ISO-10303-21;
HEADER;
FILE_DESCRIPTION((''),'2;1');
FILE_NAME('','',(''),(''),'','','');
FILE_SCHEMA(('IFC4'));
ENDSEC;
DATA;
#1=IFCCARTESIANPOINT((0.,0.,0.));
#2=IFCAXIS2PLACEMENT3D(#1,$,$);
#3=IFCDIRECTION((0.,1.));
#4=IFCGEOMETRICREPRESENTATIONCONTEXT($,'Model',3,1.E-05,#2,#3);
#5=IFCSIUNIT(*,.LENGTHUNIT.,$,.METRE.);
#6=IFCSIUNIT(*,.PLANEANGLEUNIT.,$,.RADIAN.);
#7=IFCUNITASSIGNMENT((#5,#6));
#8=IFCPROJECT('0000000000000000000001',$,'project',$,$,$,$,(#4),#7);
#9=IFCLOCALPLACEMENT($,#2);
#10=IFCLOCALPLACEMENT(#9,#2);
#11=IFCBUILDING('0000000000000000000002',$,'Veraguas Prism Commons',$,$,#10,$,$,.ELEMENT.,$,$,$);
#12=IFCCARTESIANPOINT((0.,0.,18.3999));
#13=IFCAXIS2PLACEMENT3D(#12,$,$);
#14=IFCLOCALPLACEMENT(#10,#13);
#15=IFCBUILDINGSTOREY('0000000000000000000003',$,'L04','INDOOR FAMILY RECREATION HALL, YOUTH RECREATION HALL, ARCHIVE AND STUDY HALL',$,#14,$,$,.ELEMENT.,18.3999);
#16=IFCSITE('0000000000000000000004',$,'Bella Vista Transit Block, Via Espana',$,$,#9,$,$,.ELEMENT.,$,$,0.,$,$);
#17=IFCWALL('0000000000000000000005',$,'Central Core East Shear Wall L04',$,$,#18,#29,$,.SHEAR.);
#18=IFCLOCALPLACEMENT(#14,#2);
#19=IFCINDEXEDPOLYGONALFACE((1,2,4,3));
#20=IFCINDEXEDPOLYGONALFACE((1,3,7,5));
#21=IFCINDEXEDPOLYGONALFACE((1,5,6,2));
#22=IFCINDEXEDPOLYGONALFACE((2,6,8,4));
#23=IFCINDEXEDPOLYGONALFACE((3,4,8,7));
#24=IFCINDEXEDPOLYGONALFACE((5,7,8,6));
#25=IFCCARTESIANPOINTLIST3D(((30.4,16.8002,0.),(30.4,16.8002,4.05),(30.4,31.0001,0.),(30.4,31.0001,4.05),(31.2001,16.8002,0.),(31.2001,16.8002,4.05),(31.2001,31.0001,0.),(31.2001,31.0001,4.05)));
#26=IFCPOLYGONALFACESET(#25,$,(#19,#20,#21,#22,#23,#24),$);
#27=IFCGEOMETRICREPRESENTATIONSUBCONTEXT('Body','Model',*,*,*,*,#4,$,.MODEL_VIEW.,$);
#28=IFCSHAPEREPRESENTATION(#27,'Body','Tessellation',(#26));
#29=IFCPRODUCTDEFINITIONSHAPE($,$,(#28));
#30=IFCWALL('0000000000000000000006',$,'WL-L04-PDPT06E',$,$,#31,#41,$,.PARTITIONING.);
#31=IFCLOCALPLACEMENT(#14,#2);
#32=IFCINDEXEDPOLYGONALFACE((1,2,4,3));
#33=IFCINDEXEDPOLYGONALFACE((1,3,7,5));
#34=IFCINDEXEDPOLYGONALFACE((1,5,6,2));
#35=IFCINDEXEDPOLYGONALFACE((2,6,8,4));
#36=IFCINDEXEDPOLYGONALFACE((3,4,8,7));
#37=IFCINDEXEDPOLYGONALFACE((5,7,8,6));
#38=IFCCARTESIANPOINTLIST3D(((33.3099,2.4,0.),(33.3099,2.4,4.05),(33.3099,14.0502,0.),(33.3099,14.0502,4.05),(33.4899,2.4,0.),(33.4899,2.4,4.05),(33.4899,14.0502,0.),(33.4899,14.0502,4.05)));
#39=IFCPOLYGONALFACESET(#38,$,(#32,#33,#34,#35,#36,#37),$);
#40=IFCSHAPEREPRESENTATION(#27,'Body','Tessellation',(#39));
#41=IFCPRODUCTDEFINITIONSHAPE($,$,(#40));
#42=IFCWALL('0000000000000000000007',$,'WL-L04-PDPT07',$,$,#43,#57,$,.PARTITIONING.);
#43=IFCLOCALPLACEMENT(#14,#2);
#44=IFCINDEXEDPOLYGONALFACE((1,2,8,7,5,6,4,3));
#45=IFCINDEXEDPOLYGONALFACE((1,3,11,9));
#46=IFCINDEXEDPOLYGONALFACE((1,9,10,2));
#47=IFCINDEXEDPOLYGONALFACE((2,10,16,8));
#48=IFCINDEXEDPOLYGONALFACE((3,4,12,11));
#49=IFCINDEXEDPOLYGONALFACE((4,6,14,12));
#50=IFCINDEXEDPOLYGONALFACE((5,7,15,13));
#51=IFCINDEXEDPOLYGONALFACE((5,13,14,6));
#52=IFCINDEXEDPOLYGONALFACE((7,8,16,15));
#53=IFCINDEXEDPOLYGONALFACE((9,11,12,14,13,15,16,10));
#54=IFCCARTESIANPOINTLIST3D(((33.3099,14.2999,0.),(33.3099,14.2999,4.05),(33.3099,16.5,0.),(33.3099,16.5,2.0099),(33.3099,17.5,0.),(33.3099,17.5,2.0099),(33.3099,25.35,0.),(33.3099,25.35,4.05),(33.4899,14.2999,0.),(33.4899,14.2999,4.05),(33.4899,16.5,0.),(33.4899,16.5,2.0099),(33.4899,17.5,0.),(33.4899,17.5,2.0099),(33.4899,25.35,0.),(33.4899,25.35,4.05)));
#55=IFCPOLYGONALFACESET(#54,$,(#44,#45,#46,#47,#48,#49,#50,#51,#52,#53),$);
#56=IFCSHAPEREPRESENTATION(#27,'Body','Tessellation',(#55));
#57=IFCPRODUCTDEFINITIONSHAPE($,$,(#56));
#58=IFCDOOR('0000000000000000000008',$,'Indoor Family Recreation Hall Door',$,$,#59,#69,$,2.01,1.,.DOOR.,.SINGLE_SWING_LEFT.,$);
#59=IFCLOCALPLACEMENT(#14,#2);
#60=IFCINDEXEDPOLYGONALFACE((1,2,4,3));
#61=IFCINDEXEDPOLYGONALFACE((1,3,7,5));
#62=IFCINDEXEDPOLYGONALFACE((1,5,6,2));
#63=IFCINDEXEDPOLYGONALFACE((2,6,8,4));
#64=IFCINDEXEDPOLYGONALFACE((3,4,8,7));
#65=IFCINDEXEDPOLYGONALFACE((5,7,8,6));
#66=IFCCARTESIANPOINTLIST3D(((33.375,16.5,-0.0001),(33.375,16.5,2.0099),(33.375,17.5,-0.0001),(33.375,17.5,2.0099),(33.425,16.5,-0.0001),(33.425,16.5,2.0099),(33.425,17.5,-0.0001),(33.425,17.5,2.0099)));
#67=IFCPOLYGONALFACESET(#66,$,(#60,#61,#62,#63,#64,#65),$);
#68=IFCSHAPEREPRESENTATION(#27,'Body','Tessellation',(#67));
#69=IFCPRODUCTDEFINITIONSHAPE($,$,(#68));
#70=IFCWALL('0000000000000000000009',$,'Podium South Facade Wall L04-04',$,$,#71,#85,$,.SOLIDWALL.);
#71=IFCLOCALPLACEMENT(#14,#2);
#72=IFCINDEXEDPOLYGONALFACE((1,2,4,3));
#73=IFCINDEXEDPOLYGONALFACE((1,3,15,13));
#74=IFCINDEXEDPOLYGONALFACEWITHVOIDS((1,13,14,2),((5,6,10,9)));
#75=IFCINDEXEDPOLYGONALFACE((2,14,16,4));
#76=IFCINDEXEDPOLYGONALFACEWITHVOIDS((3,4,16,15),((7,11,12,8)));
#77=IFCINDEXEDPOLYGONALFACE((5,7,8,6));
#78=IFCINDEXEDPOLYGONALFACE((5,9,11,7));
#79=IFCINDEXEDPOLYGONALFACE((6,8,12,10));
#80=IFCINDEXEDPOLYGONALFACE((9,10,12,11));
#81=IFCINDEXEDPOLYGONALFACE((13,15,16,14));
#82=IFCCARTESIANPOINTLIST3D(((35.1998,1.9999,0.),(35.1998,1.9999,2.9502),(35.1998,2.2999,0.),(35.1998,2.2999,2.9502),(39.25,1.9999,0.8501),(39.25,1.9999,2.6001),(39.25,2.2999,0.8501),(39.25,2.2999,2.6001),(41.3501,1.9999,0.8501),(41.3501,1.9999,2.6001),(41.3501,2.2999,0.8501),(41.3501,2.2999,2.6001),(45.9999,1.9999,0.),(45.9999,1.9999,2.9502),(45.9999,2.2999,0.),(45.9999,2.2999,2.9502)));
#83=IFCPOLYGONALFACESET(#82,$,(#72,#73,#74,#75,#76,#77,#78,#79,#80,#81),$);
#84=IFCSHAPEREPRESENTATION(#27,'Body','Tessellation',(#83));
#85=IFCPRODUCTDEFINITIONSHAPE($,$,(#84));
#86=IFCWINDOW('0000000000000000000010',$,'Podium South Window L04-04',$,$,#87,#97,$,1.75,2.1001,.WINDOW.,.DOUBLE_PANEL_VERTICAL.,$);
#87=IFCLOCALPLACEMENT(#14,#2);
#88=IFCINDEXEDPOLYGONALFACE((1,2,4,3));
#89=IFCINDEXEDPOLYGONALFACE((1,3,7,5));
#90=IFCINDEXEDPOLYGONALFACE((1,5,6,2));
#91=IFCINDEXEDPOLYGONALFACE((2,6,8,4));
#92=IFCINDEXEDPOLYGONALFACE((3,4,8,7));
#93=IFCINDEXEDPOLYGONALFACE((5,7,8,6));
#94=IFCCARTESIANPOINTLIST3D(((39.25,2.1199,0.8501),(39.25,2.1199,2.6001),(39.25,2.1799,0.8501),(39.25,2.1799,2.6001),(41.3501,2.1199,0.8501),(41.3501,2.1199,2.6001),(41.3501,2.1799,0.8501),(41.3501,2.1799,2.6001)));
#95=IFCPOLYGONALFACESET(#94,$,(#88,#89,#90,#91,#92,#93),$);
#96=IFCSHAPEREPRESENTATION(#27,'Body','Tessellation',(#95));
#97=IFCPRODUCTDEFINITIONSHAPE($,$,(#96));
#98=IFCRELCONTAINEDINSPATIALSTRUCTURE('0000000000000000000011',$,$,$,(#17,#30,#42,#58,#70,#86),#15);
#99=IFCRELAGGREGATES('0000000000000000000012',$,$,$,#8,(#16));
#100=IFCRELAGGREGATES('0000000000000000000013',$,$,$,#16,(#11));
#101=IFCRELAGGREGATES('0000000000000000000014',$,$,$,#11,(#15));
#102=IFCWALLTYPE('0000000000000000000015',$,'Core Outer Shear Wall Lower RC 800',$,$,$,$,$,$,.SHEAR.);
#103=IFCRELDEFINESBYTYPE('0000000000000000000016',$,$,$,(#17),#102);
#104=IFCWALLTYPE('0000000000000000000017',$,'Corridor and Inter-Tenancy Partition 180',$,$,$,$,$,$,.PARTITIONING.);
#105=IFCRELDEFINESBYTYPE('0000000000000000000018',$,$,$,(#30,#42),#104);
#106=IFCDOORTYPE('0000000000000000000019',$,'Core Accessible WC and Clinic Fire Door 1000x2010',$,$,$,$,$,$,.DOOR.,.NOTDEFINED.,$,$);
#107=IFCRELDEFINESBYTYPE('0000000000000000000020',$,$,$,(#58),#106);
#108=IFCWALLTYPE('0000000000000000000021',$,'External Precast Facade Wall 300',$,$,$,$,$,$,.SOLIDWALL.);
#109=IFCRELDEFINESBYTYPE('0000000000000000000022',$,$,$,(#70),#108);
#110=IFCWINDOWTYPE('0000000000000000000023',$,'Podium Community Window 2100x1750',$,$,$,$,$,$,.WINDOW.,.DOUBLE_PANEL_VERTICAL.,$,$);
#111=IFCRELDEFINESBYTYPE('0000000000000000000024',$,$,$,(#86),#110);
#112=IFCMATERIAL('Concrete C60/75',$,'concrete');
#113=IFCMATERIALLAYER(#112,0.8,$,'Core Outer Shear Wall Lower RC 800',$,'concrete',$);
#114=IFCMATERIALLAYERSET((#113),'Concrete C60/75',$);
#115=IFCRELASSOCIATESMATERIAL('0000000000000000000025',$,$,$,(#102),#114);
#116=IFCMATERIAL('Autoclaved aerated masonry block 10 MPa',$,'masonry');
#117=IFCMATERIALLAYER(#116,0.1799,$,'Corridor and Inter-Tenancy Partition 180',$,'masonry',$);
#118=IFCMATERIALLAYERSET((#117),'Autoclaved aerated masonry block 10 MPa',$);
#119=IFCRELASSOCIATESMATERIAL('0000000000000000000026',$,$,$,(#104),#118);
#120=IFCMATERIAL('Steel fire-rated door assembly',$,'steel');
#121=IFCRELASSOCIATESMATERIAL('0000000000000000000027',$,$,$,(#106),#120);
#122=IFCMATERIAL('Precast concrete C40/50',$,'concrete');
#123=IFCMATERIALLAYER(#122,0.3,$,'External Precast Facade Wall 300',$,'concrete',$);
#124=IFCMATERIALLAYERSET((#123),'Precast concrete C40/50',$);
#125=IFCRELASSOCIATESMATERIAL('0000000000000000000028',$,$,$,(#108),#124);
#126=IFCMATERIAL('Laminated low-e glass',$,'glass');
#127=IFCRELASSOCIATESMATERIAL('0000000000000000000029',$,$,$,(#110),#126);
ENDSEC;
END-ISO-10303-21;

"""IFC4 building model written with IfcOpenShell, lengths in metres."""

from ifc_helpers import new_model, si_unit, direction, frame, frame_2d, origin, place, context, subcontext, project, spatial, rectangle, extrude, source, transform, mapped, material, layer, layer_set, type_object, element, fill, save


model = new_model("IFC4")

# Units and contexts
model_context = context("Model", 3, precision=1e-05, world=origin(), true_north=direction((0.0, 1.0)))
body_context = subcontext(model_context, "Body", "Model", "MODEL_VIEW")
ifc_project = project(units=[si_unit("LENGTHUNIT", "METRE"), si_unit("PLANEANGLEUNIT", "RADIAN")], contexts=[model_context])

# Site, building, storey
site_placement = place(None, origin())
site = spatial("IfcSite", under=ifc_project, at=site_placement, Name="Bella Vista Transit Block, Via Espana", CompositionType="ELEMENT", RefElevation=0.0)
building_placement = place(site_placement, origin())
building = spatial("IfcBuilding", under=site, at=building_placement, Name="Veraguas Prism Commons", CompositionType="ELEMENT")
storey_placement = place(building_placement, frame((0.0, 0.0, 18.3999)))
storey = spatial("IfcBuildingStorey", under=building, at=storey_placement, Name="L04", Description="INDOOR FAMILY RECREATION HALL, YOUTH RECREATION HALL, ARCHIVE AND STUDY HALL", CompositionType="ELEMENT", Elevation=18.3999)

# Shared definitions
ifc_material_1 = material(Name="Concrete C60/75", Category="concrete")

# Walls
ifc_layer_1 = layer(ifc_material_1, 0.8, Name="Core Outer Shear Wall Lower RC 800", Category="concrete")
ifc_layer_set_1 = layer_set([ifc_layer_1], Name="Concrete C60/75")
wall_type_1 = type_object("IfcWallType", Name="Core Outer Shear Wall Lower RC 800", PredefinedType="SHEAR", material=ifc_layer_set_1)
wall_1_placement = place(storey_placement, frame((30.8, 16.8, 0.0), z_axis=(0.0, 0.0, 1.0), x_axis=(0.0, 1.0, 0.0)))
element("IfcWall", 1, at=wall_1_placement, inside=storey, type_object=wall_type_1, Name="Central Core East Shear Wall L04", PredefinedType="SHEAR", context=body_context, shape_type="SweptSolid", body=[
    extrude(rectangle(XDim=14.2, YDim=0.8, at=frame_2d((7.1001, 0.0))), origin(), (0.0, 0.0, 1.0), 4.05),
])
ifc_material_2 = material(Name="Autoclaved aerated masonry block 10 MPa", Category="masonry")
ifc_layer_2 = layer(ifc_material_2, 0.1799, Name="Corridor and Inter-Tenancy Partition 180", Category="masonry")
ifc_layer_set_2 = layer_set([ifc_layer_2], Name="Autoclaved aerated masonry block 10 MPa")
wall_type_2 = type_object("IfcWallType", Name="Corridor and Inter-Tenancy Partition 180", PredefinedType="PARTITIONING", material=ifc_layer_set_2)
wall_2_placement = place(storey_placement, frame((33.3999, 2.3999, 0.0), z_axis=(0.0, 0.0, 1.0), x_axis=(0.0, 1.0, 0.0)))
element("IfcWall", 2, at=wall_2_placement, inside=storey, type_object=wall_type_2, Name="WL-L04-PDPT06E", PredefinedType="PARTITIONING", context=body_context, shape_type="SweptSolid", body=[
    extrude(rectangle(XDim=11.6501, YDim=0.1799, at=frame_2d((5.8252, 0.0))), origin(), (0.0, 0.0, 1.0), 4.05),
])

# Wall, opening, door
wall_3_placement = place(storey_placement, frame((33.3999, 14.3, 0.0), z_axis=(0.0, 0.0, 1.0), x_axis=(0.0, 1.0, 0.0)))
wall_3 = element("IfcWall", 3, at=wall_3_placement, inside=storey, type_object=wall_type_2, Name="WL-L04-PDPT07", PredefinedType="PARTITIONING", context=body_context, shape_type="SweptSolid", body=[
    extrude(rectangle(XDim=11.05, YDim=0.1799, at=frame_2d((5.5249, 0.0))), origin(), (0.0, 0.0, 1.0), 4.05),
])
opening_1_placement = place(wall_3_placement, frame((2.2, 0.0, 0.0)))
opening_1 = element("IfcOpeningElement", 4, at=opening_1_placement, cuts=wall_3, PredefinedType="OPENING", context=body_context, shape_type="SweptSolid", body=[
    extrude(rectangle(XDim=1.0, YDim=2.01, at=frame_2d((0.5, 1.0049))), frame((0.0, 0.0999, 0.0), z_axis=(0.0, -1.0, 0.0), x_axis=(1.0, 0.0, 0.0)), (0.0, 0.0, 1.0), 0.2),
])
ifc_material_3 = material(Name="Steel fire-rated door assembly", Category="steel")
door_type = type_object("IfcDoorType", Name="Core Accessible WC and Clinic Fire Door 1000x2010", OperationType="NOTDEFINED", PredefinedType="DOOR", material=ifc_material_3)
shared_shape_1 = source(origin(), body_context, "Body", "SweptSolid", [
    extrude(rectangle(XDim=1.0, YDim=2.01, at=frame_2d((0.5, 1.0049))), frame((0.0, 0.0249, 0.0), z_axis=(0.0, -1.0, 0.0), x_axis=(1.0, 0.0, 0.0)), (0.0, 0.0, 1.0), 0.05),
])
door_placement = place(opening_1_placement, origin())
door = element("IfcDoor", 5, at=door_placement, inside=storey, type_object=door_type, Name="Indoor Family Recreation Hall Door", OperationType="SINGLE_SWING_LEFT", OverallHeight=2.01, OverallWidth=1.0, PredefinedType="DOOR", context=body_context, shape_type="MappedRepresentation", body=[
    mapped(shared_shape_1, transform((0.0, 0.0, 0.0), scale=1.0)),
])
fill(opening_1, door)

# Wall, opening, window
ifc_material_4 = material(Name="Precast concrete C40/50", Category="concrete")
ifc_layer_3 = layer(ifc_material_4, 0.3, Name="External Precast Facade Wall 300", Category="concrete")
ifc_layer_set_3 = layer_set([ifc_layer_3], Name="Precast concrete C40/50")
wall_type_3 = type_object("IfcWallType", Name="External Precast Facade Wall 300", PredefinedType="SOLIDWALL", material=ifc_layer_set_3)
wall_4_placement = place(storey_placement, frame((35.2, 2.1499, 0.0), z_axis=(0.0, 0.0, 1.0), x_axis=(1.0, 0.0, 0.0)))
wall_4 = element("IfcWall", 6, at=wall_4_placement, inside=storey, type_object=wall_type_3, Name="Podium South Facade Wall L04-04", PredefinedType="SOLIDWALL", context=body_context, shape_type="SweptSolid", body=[
    extrude(rectangle(XDim=10.8, YDim=0.3, at=frame_2d((5.3999, 0.0))), origin(), (0.0, 0.0, 1.0), 2.9502),
])
opening_2_placement = place(wall_4_placement, frame((4.05, 0.0, 0.8501)))
opening_2 = element("IfcOpeningElement", 7, at=opening_2_placement, cuts=wall_4, PredefinedType="OPENING", context=body_context, shape_type="SweptSolid", body=[
    extrude(rectangle(XDim=2.1001, YDim=1.75, at=frame_2d((1.05, 0.875))), frame((0.0, 0.1599, 0.0), z_axis=(0.0, -1.0, 0.0), x_axis=(1.0, 0.0, 0.0)), (0.0, 0.0, 1.0), 0.3201),
])
ifc_material_5 = material(Name="Laminated low-e glass", Category="glass")
window_type = type_object("IfcWindowType", Name="Podium Community Window 2100x1750", PartitioningType="DOUBLE_PANEL_VERTICAL", PredefinedType="WINDOW", material=ifc_material_5)
shared_shape_2 = source(origin(), body_context, "Body", "SweptSolid", [
    extrude(rectangle(XDim=2.1001, YDim=1.75, at=frame_2d((1.05, 0.875))), frame((0.0, 0.03, 0.0), z_axis=(0.0, -1.0, 0.0), x_axis=(1.0, 0.0, 0.0)), (0.0, 0.0, 1.0), 0.0601),
])
window_placement = place(opening_2_placement, origin())
window = element("IfcWindow", 8, at=window_placement, inside=storey, type_object=window_type, Name="Podium South Window L04-04", OverallHeight=1.75, OverallWidth=2.1001, PartitioningType="DOUBLE_PANEL_VERTICAL", PredefinedType="WINDOW", context=body_context, shape_type="MappedRepresentation", body=[
    mapped(shared_shape_2, transform((0.0, 0.0, 0.0), scale=1.0)),
])
fill(opening_2, window)

save(model, "model.ifc")
